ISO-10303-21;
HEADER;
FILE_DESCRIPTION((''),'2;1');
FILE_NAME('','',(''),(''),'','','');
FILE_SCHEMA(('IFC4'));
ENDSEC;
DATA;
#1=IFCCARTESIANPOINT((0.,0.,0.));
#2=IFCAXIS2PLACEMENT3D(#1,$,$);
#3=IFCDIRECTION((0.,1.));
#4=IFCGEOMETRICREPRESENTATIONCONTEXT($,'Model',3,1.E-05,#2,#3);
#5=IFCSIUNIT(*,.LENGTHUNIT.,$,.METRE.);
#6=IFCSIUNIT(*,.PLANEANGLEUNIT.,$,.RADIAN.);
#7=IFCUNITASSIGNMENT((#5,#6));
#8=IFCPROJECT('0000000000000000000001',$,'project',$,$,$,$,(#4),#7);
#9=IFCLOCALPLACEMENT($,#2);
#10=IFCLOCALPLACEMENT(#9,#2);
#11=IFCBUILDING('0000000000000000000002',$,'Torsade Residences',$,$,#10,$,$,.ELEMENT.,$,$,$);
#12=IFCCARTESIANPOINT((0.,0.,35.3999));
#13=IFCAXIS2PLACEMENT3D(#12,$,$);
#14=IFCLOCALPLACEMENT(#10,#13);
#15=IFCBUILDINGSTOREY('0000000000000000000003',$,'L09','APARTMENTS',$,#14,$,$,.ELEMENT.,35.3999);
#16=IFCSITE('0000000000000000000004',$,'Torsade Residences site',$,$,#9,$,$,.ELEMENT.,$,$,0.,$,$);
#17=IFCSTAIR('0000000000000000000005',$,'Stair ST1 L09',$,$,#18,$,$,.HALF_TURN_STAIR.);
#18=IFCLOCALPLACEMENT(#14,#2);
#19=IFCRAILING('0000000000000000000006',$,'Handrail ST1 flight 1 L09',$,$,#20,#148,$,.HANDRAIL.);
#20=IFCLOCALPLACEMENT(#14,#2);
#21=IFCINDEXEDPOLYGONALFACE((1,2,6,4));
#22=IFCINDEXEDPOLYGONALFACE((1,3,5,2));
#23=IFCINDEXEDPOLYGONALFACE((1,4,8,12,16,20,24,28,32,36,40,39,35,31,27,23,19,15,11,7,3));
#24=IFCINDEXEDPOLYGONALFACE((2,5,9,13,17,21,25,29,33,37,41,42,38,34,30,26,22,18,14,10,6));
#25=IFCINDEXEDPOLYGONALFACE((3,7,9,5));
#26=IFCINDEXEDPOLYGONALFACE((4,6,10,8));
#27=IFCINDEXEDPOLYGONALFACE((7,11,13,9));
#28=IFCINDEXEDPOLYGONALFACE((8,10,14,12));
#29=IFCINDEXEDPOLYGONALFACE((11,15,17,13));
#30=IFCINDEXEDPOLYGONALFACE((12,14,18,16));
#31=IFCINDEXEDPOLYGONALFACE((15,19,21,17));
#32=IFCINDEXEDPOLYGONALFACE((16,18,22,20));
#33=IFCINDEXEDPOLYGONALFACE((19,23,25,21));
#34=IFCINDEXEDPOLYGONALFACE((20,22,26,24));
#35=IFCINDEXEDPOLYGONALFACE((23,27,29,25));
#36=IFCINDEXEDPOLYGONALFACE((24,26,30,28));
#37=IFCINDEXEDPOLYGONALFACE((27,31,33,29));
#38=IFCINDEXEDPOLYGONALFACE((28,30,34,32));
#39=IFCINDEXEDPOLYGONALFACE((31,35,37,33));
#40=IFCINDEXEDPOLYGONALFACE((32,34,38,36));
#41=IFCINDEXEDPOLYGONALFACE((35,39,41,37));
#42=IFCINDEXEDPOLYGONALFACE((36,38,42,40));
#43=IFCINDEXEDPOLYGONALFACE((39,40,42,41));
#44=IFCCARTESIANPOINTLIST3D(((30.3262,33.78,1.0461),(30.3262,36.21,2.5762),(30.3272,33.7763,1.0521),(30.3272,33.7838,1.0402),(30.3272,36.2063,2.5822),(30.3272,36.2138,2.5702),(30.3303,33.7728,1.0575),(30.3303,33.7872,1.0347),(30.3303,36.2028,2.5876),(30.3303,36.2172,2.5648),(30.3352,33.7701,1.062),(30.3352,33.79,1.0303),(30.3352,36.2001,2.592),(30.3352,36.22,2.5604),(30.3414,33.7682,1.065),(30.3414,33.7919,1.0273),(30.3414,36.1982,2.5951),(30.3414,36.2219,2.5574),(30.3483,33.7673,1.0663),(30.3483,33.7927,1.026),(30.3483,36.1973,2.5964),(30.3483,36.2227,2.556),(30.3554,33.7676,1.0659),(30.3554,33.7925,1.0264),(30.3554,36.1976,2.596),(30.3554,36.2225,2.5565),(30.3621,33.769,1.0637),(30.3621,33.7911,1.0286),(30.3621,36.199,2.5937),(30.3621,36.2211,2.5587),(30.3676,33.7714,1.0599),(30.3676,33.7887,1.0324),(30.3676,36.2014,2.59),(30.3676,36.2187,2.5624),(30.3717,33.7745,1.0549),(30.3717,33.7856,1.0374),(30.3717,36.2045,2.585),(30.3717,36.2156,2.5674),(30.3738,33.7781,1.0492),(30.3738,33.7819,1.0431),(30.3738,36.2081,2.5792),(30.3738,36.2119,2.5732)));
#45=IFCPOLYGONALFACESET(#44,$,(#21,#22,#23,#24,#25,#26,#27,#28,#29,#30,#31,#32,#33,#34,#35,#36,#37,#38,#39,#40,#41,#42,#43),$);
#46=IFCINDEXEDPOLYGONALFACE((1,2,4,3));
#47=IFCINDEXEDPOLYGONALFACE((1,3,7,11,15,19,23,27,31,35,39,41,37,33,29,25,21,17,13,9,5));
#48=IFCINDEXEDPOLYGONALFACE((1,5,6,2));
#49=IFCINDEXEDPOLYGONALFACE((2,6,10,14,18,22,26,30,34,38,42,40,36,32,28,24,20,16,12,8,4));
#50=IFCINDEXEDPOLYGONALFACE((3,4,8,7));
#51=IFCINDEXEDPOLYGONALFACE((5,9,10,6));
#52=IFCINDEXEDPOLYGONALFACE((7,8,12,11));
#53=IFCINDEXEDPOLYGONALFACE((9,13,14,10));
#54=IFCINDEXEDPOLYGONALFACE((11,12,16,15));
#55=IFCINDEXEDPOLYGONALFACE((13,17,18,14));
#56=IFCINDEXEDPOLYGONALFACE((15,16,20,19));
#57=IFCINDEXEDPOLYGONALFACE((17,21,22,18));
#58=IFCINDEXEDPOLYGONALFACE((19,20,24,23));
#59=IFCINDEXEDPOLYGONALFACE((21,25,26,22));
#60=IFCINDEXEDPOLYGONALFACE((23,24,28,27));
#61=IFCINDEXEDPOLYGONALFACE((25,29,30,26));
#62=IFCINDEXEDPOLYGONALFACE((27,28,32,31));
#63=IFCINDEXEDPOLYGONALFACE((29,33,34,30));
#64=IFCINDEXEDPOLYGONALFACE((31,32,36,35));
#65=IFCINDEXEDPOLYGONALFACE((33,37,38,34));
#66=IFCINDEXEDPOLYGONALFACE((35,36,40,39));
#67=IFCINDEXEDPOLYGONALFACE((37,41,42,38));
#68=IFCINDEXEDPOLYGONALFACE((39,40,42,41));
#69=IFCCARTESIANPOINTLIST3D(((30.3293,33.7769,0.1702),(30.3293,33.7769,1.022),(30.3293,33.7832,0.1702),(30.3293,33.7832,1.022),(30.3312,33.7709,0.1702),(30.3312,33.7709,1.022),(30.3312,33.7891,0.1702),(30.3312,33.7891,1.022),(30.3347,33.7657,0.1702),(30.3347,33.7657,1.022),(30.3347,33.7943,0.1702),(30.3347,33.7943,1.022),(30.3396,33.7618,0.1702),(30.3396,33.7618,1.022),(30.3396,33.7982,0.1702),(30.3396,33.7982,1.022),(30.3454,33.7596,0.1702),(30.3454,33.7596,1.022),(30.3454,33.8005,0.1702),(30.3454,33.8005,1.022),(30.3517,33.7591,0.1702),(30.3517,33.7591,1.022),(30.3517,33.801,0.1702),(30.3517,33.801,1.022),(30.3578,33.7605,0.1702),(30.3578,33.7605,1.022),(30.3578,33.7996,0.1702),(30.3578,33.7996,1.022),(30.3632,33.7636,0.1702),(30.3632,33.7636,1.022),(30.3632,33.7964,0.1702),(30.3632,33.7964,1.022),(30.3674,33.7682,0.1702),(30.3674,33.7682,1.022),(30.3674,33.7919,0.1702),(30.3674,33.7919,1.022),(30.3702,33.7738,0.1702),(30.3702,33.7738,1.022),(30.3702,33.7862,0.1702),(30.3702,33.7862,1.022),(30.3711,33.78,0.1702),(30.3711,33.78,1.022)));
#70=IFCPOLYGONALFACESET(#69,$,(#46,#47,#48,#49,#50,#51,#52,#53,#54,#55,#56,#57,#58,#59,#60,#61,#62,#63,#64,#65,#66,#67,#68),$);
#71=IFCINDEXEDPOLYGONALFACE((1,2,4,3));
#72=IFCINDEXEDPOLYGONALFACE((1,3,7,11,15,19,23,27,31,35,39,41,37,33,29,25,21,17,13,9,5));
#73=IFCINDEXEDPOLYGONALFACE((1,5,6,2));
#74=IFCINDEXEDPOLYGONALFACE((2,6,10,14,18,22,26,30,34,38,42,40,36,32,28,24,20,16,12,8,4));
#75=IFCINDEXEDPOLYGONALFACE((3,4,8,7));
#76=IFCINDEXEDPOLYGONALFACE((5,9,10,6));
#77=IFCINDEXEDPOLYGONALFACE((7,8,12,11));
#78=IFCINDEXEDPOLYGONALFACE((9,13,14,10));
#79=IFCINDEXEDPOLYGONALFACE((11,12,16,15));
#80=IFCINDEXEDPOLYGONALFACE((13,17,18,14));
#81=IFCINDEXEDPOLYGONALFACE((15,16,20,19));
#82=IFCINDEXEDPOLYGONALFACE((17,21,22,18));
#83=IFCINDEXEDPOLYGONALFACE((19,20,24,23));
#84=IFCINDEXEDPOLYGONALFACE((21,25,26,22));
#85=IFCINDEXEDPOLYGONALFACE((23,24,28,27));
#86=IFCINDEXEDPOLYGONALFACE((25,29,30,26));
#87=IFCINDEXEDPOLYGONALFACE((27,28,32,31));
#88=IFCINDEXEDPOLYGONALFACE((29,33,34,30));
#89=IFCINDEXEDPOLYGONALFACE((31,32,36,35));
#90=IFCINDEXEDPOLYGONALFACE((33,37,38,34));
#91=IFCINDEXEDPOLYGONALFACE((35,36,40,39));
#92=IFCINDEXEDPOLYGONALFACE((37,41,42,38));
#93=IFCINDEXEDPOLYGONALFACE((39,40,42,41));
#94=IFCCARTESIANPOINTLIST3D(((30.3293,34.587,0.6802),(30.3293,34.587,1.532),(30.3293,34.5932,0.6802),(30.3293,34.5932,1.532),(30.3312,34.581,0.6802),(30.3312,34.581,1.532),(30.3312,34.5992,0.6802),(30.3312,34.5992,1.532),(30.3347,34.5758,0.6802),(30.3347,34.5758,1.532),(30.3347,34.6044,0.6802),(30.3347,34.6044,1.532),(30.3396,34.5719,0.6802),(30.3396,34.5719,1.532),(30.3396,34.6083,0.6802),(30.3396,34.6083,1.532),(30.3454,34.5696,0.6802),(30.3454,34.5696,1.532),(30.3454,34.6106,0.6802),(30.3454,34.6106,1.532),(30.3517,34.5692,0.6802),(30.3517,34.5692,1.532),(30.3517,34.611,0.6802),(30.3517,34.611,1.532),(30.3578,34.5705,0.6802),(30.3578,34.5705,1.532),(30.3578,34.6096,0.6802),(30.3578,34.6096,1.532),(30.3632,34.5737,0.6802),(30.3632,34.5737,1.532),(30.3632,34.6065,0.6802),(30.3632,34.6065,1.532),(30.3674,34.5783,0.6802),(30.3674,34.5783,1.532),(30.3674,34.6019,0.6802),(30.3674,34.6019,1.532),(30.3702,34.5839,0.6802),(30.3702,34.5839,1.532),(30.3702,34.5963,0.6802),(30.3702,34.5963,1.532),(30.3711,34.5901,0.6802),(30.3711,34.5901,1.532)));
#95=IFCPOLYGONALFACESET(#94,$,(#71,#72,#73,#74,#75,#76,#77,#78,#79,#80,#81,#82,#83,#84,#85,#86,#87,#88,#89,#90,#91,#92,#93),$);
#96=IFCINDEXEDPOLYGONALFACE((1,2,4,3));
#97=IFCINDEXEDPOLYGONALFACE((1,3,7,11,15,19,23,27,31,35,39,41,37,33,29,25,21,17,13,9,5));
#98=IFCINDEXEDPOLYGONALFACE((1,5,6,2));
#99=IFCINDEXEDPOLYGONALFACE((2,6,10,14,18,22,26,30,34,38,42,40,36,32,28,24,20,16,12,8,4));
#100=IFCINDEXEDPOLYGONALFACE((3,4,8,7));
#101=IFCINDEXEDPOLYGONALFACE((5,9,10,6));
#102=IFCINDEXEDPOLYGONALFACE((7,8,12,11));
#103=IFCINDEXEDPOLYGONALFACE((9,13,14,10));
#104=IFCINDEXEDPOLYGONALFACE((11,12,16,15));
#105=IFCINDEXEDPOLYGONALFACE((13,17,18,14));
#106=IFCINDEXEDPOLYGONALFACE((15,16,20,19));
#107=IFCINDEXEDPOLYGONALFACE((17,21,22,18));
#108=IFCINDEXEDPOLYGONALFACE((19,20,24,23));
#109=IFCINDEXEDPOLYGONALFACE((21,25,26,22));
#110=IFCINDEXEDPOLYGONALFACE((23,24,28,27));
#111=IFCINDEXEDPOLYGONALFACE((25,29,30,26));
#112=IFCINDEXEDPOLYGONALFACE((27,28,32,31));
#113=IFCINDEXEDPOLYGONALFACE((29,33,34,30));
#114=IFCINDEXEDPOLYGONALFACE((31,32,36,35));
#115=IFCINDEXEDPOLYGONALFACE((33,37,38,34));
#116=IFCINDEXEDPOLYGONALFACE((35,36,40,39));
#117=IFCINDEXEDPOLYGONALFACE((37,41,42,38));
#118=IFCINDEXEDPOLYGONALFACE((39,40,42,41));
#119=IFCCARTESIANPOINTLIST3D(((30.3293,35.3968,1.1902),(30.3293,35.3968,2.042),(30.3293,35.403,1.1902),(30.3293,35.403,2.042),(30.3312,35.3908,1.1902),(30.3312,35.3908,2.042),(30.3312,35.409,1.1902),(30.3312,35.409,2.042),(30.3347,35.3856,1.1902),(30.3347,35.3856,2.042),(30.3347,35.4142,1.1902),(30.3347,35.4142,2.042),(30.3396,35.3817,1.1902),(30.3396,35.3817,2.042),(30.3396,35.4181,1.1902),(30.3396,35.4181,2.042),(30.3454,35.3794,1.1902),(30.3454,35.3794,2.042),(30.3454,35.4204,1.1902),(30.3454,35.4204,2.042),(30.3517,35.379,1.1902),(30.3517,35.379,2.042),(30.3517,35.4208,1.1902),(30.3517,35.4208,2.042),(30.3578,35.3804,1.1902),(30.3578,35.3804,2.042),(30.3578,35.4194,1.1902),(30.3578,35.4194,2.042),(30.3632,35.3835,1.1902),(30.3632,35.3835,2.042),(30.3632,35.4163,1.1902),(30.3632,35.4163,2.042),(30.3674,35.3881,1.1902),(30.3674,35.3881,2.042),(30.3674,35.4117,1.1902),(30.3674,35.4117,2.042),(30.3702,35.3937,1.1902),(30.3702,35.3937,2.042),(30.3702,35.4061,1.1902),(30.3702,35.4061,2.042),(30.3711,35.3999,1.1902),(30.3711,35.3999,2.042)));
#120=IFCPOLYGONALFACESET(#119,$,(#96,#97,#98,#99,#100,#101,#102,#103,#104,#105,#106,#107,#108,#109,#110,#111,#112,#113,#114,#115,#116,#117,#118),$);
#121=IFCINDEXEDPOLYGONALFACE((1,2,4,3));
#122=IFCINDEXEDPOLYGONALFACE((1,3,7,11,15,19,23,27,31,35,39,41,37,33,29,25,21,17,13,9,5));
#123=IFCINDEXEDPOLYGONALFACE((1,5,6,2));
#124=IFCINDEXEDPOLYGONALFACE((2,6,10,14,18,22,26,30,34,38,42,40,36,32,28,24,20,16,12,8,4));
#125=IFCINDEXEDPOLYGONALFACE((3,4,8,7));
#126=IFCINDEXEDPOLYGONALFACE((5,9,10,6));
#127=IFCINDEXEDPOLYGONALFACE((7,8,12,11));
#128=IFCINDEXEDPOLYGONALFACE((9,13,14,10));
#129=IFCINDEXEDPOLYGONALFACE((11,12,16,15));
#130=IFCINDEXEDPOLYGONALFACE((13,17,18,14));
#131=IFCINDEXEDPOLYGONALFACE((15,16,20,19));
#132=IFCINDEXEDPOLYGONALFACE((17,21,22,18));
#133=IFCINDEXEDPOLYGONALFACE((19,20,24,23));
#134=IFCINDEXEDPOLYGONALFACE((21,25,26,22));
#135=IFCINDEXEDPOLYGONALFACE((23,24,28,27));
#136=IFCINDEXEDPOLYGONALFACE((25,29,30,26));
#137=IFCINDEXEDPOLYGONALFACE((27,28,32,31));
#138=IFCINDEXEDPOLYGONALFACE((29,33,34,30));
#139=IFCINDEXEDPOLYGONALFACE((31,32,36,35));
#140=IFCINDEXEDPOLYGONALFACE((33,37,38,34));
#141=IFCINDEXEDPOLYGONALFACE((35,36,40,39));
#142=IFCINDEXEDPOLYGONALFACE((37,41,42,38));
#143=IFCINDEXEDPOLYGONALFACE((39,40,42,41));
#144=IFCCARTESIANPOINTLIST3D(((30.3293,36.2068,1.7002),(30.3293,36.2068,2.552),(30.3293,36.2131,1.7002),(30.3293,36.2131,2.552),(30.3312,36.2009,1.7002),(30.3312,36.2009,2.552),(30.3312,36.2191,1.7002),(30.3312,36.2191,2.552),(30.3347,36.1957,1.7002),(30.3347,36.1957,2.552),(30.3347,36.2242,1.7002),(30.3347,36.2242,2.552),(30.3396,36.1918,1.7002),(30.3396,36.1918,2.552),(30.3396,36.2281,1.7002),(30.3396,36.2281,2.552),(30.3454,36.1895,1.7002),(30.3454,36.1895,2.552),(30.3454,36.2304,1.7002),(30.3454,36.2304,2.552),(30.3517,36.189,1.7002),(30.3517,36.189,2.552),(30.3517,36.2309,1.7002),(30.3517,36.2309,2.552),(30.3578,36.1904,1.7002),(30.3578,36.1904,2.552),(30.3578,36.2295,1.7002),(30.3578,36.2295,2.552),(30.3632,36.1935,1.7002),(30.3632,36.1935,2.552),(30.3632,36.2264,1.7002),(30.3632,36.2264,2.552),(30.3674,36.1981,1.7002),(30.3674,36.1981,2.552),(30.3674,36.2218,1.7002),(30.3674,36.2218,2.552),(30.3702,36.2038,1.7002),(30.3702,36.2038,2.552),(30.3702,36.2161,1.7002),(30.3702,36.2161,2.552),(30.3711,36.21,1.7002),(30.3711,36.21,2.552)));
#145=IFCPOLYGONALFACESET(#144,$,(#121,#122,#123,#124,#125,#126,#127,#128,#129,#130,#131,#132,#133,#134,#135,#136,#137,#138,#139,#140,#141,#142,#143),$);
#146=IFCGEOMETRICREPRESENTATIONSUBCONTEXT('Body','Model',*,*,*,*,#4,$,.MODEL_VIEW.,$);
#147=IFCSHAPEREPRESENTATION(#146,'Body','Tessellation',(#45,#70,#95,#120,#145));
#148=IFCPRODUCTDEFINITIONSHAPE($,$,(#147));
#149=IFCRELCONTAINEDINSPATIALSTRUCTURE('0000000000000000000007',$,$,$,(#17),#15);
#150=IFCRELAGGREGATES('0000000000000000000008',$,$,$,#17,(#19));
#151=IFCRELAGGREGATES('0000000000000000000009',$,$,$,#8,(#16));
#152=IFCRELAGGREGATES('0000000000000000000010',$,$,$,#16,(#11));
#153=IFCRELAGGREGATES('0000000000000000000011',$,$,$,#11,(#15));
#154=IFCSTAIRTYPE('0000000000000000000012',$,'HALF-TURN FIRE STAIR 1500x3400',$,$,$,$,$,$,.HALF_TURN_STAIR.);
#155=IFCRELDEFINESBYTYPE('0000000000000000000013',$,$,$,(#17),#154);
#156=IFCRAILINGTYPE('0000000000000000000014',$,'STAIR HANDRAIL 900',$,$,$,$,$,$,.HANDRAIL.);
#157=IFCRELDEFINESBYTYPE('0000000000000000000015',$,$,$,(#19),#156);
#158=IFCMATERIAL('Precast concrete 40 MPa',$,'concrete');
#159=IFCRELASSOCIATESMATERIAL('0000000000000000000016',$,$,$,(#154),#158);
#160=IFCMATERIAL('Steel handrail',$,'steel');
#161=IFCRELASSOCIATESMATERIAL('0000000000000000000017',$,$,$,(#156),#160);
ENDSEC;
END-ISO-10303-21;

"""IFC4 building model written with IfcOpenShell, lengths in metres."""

from ifc_helpers import new_model, si_unit, direction, frame, origin, origin_2d, place, context, subcontext, project, spatial, circle, extrude, material, type_object, element, aggregate, save


model = new_model("IFC4")

# Units and contexts
model_context = context("Model", 3, precision=1e-05, world=origin(), true_north=direction((0.0, 1.0)))
body_context = subcontext(model_context, "Body", "Model", "MODEL_VIEW")
ifc_project = project(units=[si_unit("LENGTHUNIT", "METRE"), si_unit("PLANEANGLEUNIT", "RADIAN")], contexts=[model_context])

# Site, building, storey
site_placement = place(None, origin())
site = spatial("IfcSite", under=ifc_project, at=site_placement, Name="Torsade Residences site", CompositionType="ELEMENT", RefElevation=0.0)
building_placement = place(site_placement, origin())
building = spatial("IfcBuilding", under=site, at=building_placement, Name="Torsade Residences", CompositionType="ELEMENT")
storey_placement = place(building_placement, frame((0.0, 0.0, 35.3999)))
storey = spatial("IfcBuildingStorey", under=building, at=storey_placement, Name="L09", Description="APARTMENTS", CompositionType="ELEMENT", Elevation=35.3999)

# Stair, railing
ifc_material_1 = material(Name="Precast concrete 40 MPa", Category="concrete")
stair_type = type_object("IfcStairType", Name="HALF-TURN FIRE STAIR 1500x3400", PredefinedType="HALF_TURN_STAIR", material=ifc_material_1)
stair_placement = place(storey_placement, origin())
stair = element("IfcStair", 1, at=stair_placement, inside=storey, type_object=stair_type, Name="Stair ST1 L09", PredefinedType="HALF_TURN_STAIR")
ifc_material_2 = material(Name="Steel handrail", Category="steel")
railing_type = type_object("IfcRailingType", Name="STAIR HANDRAIL 900", PredefinedType="HANDRAIL", material=ifc_material_2)
railing_1_placement = place(storey_placement, frame((30.3501, 33.78, 0.1702)))
railing_1 = element("IfcRailing", 2, at=railing_1_placement, type_object=railing_type, Name="Handrail ST1 flight 1 L09", PredefinedType="HANDRAIL", context=body_context, shape_type="SweptSolid", body=[
    extrude(circle(Radius=0.0239, at=origin_2d()), frame((0.0, 0.0, 0.876), z_axis=(0.0, 0.846221, 0.532831), x_axis=(-1.0, 0.0, 0.0)), (0.0, 0.0, 1.0), 2.8716),
    extrude(circle(Radius=0.021, at=origin_2d()), origin(), (0.0, 0.0, 1.0), 0.8518),
    extrude(circle(Radius=0.021, at=origin_2d()), frame((0.0, 0.8101, 0.51)), (0.0, 0.0, 1.0), 0.8518),
    extrude(circle(Radius=0.021, at=origin_2d()), frame((0.0, 1.6199, 1.02)), (0.0, 0.0, 1.0), 0.8518),
    extrude(circle(Radius=0.021, at=origin_2d()), frame((0.0, 2.4299, 1.53)), (0.0, 0.0, 1.0), 0.8518),
])
aggregate(stair, [railing_1])

save(model, "model.ifc")
